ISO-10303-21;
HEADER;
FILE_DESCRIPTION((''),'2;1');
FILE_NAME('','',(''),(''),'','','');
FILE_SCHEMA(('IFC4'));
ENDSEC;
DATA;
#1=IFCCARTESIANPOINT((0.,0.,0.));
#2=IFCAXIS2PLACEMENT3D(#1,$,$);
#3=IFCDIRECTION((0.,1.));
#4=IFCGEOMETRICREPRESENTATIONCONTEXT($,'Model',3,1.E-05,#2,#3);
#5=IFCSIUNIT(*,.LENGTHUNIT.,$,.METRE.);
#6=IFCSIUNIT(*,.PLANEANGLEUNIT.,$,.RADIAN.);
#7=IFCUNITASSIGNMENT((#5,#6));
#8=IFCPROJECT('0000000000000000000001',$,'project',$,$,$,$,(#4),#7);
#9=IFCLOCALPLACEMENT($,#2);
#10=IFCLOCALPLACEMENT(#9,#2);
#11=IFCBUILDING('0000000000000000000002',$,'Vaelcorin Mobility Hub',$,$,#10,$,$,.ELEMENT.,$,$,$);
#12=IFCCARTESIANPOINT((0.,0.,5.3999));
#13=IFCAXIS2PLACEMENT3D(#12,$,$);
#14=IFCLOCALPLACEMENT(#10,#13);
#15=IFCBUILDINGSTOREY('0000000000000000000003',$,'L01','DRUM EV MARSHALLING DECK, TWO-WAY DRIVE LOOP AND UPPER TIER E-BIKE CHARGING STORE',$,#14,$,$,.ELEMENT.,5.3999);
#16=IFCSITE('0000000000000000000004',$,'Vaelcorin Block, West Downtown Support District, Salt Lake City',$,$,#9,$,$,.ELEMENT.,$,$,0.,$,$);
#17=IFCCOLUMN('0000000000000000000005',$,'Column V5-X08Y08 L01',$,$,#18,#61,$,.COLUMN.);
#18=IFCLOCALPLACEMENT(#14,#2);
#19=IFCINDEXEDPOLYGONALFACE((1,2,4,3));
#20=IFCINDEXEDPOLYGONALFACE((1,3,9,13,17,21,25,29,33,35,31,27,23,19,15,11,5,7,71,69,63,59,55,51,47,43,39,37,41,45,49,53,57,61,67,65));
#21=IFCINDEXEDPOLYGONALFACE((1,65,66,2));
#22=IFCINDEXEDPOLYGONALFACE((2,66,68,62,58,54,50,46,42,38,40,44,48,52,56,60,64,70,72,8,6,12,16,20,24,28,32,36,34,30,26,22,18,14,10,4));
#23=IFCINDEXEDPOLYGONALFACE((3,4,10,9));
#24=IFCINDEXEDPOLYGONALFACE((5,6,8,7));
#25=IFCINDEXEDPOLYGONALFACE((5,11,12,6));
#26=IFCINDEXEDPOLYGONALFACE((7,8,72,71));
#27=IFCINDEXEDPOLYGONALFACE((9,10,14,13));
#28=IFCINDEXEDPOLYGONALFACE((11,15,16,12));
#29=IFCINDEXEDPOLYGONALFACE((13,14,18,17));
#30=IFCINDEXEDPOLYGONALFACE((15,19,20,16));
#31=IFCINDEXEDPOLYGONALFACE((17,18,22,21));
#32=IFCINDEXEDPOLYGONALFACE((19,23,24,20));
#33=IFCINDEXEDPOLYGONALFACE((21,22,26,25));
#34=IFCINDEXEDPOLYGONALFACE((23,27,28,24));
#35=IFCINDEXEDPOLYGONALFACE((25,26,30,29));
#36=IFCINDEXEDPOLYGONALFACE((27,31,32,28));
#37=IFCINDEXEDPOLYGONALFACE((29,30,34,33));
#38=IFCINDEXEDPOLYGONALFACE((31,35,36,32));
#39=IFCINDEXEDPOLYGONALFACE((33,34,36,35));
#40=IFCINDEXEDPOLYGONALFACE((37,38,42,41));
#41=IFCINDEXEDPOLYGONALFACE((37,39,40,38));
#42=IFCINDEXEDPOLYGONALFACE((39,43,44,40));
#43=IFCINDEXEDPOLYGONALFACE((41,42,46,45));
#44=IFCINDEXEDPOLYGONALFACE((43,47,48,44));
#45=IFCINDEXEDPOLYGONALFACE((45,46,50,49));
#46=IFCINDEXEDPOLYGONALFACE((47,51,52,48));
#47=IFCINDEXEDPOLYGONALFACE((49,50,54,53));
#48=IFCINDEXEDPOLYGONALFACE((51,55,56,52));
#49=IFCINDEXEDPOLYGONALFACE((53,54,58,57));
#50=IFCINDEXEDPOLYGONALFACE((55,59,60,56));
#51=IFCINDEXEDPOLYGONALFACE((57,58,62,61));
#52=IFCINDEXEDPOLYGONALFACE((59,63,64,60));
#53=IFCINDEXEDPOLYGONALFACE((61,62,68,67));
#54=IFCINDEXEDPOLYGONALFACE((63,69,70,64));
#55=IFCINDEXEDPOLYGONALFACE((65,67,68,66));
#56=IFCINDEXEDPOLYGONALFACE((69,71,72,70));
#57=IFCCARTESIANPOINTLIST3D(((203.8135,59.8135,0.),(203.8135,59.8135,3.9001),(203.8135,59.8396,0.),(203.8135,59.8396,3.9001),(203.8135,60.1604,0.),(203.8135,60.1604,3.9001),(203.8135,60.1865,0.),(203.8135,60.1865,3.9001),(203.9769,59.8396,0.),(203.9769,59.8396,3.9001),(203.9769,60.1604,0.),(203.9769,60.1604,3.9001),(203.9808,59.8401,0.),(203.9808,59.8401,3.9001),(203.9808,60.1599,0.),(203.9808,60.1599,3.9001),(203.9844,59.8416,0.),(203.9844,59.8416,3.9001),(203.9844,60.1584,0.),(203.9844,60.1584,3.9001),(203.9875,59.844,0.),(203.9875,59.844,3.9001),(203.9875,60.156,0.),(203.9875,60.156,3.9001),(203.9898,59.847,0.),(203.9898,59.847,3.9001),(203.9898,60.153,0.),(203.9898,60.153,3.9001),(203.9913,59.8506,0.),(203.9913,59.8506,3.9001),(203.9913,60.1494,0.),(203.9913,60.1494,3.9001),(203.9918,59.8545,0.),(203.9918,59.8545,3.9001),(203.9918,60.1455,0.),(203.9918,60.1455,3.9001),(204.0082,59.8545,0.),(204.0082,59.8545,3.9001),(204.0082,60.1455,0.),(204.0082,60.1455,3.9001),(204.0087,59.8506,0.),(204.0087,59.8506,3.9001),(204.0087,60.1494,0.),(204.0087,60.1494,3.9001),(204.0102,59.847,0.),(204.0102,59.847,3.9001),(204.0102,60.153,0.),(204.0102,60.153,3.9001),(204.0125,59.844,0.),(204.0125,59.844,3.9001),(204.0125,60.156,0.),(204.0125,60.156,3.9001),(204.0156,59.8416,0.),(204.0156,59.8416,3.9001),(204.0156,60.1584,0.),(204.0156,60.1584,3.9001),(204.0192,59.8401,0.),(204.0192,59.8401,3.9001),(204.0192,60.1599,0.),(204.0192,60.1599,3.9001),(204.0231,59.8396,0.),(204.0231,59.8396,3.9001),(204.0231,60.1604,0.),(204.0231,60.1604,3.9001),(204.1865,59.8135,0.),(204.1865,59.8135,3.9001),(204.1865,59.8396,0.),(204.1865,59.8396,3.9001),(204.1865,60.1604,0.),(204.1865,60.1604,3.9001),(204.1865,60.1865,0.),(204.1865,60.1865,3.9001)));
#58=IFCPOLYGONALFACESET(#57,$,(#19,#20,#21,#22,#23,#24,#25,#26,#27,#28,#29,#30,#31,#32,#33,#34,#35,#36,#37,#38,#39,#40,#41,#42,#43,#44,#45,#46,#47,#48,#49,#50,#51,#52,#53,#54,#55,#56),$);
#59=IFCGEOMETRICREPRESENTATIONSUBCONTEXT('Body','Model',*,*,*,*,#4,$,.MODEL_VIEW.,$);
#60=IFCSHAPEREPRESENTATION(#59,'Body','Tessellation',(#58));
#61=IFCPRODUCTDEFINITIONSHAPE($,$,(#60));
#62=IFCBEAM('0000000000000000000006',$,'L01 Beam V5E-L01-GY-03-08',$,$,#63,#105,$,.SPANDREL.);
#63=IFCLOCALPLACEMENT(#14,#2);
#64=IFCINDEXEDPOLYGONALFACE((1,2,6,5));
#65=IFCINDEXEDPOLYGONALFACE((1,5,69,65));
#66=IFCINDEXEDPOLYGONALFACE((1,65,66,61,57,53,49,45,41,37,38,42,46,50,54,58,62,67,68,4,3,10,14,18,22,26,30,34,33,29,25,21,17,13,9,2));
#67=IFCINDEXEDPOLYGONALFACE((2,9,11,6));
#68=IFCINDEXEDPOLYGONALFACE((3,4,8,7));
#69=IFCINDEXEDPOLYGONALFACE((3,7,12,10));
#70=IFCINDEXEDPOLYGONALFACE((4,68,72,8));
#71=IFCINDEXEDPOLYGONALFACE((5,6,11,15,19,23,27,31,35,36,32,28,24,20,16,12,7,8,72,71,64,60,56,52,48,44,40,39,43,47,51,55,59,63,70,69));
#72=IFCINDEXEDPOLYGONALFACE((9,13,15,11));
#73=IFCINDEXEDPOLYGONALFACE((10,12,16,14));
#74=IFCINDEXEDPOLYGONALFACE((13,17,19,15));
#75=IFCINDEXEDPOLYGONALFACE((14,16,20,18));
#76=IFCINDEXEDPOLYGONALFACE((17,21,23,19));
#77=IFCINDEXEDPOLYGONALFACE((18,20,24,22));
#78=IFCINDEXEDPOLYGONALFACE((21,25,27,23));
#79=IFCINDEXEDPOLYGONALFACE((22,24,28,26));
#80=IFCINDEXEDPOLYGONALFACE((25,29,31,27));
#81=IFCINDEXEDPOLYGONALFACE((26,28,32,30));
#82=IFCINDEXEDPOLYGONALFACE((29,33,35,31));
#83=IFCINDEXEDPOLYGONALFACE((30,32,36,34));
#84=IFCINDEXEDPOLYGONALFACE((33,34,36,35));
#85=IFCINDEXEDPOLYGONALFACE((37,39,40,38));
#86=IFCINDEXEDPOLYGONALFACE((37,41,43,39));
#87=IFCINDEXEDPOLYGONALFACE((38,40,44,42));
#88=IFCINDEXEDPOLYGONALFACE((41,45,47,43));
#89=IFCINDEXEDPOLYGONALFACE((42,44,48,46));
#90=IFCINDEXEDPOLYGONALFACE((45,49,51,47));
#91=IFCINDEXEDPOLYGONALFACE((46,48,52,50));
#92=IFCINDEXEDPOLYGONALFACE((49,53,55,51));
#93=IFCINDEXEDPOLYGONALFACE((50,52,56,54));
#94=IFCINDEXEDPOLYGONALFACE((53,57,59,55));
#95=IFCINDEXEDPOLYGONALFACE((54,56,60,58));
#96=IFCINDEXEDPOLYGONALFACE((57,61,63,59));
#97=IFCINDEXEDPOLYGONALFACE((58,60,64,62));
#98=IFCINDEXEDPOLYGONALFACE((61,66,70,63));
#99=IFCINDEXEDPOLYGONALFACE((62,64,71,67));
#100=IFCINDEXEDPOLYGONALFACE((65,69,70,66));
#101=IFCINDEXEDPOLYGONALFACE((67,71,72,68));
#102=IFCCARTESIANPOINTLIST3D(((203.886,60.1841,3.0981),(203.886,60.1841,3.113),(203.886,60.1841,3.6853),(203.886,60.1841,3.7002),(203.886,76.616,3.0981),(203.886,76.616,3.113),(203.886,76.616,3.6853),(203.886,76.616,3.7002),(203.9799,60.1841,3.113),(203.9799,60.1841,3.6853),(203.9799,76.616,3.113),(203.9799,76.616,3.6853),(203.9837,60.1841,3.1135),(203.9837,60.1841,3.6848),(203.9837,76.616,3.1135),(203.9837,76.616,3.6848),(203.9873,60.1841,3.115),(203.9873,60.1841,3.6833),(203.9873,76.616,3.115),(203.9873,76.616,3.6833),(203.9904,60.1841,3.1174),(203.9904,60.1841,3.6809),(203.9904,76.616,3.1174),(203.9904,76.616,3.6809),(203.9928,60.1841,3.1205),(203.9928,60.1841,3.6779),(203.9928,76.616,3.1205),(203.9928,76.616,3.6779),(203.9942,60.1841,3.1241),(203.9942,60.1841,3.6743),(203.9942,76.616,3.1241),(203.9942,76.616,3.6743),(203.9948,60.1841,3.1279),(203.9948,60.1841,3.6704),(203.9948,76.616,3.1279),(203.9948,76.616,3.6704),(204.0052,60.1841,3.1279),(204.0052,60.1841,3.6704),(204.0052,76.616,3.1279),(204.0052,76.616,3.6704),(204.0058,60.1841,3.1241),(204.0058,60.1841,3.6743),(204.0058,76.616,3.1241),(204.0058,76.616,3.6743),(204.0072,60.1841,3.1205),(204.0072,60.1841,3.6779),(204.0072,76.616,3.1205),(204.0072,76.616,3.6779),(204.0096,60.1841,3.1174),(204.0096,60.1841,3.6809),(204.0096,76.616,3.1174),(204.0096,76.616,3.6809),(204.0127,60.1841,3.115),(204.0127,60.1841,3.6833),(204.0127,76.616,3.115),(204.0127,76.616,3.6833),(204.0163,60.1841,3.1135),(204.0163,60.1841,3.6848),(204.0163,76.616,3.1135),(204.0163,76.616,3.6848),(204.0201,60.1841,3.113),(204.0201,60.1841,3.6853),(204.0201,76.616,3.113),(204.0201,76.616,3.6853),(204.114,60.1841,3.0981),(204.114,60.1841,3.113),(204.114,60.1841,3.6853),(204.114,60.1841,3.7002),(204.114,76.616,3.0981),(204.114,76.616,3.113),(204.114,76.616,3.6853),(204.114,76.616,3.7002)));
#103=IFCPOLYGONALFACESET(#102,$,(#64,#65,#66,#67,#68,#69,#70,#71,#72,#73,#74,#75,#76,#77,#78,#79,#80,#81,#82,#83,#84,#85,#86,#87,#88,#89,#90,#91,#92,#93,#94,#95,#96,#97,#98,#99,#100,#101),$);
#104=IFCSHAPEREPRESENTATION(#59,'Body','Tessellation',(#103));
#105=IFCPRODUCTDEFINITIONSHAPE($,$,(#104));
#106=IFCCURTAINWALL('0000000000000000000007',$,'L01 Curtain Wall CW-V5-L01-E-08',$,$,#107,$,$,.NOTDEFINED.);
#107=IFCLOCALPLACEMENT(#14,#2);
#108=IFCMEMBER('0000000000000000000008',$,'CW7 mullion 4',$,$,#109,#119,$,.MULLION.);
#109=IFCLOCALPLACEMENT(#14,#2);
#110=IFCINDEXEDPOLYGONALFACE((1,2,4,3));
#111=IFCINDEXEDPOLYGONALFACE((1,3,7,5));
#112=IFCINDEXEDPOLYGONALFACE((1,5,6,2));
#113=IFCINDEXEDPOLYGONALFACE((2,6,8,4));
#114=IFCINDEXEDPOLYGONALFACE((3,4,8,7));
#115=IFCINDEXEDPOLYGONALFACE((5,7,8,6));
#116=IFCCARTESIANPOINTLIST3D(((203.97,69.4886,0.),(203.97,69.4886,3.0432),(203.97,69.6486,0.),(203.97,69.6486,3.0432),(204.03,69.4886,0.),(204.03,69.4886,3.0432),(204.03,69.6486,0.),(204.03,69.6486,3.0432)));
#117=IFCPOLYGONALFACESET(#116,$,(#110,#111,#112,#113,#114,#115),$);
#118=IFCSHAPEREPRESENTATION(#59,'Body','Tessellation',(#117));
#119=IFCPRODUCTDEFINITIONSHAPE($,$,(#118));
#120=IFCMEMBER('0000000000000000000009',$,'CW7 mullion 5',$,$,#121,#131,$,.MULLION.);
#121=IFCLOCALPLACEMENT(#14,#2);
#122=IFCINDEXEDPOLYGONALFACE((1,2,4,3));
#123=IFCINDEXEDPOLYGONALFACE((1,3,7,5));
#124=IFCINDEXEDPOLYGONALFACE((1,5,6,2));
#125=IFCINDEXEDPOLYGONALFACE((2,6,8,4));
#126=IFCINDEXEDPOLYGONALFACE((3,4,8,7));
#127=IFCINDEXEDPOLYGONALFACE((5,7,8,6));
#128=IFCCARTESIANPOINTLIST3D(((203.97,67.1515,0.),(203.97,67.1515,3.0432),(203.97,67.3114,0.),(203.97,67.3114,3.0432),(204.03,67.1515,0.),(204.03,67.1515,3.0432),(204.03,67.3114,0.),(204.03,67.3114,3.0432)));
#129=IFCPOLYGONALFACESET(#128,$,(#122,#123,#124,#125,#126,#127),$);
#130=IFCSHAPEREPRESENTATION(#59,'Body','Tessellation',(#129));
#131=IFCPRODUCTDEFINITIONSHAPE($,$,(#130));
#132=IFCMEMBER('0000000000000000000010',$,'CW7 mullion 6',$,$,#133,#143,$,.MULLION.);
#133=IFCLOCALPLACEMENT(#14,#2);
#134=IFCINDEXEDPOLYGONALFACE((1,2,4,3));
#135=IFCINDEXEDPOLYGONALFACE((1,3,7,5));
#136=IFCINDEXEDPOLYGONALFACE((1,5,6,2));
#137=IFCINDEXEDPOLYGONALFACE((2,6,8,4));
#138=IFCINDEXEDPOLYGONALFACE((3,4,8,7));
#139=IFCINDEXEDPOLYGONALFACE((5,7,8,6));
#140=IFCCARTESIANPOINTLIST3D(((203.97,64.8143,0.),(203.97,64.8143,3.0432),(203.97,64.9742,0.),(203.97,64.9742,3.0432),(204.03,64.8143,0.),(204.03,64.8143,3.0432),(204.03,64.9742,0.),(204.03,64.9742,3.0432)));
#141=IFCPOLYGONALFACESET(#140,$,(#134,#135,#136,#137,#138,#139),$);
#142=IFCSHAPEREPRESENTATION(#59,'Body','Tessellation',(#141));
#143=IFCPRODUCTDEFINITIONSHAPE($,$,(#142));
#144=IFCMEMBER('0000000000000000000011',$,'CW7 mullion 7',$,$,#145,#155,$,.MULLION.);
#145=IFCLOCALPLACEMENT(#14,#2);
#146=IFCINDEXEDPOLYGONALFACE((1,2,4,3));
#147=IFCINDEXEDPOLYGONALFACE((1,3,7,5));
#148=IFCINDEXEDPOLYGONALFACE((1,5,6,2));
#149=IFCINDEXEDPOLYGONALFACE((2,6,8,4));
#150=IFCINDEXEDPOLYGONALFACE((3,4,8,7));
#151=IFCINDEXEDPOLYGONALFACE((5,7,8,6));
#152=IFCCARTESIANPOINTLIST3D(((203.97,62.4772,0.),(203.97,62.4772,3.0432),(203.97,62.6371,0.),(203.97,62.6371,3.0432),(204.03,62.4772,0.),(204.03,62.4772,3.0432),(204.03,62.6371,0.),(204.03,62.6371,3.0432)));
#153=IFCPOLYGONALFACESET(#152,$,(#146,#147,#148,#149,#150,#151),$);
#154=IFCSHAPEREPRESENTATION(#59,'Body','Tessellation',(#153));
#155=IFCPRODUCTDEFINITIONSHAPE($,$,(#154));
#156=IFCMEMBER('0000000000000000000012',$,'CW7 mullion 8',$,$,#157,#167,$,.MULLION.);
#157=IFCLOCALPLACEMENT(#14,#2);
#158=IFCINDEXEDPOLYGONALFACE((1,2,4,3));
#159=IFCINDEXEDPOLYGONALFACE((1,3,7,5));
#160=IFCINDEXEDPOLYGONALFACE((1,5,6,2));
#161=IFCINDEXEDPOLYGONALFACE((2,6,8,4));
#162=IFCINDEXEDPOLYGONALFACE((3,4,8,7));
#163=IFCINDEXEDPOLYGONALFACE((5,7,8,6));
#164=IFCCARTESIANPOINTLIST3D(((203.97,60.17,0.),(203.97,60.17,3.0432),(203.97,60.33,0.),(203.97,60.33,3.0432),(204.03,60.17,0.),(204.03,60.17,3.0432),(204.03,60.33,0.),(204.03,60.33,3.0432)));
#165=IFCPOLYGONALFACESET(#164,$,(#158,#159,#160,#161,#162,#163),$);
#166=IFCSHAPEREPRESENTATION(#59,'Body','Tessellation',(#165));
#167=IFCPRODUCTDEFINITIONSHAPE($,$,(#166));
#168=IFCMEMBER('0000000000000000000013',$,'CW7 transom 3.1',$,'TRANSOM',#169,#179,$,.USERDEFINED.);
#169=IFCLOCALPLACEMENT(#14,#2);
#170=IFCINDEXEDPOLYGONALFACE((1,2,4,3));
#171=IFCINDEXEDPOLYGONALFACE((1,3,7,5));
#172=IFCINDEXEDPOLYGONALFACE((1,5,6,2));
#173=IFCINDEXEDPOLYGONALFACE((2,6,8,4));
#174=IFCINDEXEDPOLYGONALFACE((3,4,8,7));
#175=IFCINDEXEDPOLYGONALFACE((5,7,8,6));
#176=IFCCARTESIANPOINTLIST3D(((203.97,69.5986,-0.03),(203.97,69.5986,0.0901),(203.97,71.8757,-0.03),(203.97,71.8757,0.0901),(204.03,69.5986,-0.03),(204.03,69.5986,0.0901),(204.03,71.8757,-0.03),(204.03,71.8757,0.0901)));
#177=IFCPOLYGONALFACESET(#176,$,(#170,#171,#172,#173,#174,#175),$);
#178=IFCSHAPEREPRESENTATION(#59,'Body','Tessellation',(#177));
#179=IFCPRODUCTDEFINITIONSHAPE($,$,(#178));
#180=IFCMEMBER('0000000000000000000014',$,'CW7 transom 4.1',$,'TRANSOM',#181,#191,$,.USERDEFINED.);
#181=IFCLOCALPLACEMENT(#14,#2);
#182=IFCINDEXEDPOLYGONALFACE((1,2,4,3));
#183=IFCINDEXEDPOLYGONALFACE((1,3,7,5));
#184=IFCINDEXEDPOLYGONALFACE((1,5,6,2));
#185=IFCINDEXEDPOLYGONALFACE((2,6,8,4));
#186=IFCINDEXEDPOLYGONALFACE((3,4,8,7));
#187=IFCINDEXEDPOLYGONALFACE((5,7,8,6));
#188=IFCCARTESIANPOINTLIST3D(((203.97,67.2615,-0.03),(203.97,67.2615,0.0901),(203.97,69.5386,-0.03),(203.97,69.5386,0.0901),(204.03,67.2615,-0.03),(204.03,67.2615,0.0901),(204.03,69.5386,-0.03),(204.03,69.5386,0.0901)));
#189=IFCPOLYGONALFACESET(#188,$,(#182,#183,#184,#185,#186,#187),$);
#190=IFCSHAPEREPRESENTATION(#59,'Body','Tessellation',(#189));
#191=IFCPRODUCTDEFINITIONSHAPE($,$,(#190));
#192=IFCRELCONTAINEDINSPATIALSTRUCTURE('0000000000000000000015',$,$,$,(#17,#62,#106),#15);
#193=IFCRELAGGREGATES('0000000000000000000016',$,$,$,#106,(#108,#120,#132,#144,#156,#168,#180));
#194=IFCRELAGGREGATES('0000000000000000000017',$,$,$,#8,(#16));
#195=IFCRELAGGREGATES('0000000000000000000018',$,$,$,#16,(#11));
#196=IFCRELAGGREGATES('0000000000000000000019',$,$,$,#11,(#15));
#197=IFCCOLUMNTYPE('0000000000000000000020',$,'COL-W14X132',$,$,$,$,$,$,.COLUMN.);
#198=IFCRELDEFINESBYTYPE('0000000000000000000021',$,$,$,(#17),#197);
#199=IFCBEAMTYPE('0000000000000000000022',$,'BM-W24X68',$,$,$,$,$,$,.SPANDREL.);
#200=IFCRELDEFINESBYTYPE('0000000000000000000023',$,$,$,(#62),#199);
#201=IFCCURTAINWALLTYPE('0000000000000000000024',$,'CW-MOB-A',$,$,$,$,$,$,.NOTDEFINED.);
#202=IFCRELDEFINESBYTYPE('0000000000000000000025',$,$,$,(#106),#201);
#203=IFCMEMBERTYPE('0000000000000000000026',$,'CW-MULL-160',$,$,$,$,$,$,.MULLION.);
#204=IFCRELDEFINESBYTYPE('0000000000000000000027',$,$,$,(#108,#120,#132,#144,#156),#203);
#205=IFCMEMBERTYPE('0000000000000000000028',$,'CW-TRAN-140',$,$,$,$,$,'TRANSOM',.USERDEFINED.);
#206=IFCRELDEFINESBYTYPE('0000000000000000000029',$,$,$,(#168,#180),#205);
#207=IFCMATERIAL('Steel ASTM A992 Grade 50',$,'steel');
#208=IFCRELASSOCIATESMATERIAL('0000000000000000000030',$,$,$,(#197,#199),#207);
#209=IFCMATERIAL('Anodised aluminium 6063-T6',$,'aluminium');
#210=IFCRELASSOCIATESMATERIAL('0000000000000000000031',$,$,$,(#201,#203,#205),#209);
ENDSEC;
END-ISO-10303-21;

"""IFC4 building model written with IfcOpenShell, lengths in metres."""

from ifc_helpers import new_model, si_unit, direction, frame, origin, origin_2d, place, context, subcontext, project, spatial, rectangle, i_section, extrude, material, material_profile, profile_set, type_object, element, aggregate, save


model = new_model("IFC4")

# Units and contexts
model_context = context("Model", 3, precision=1e-05, world=origin(), true_north=direction((0.0, 1.0)))
body_context = subcontext(model_context, "Body", "Model", "MODEL_VIEW")
ifc_project = project(units=[si_unit("LENGTHUNIT", "METRE"), si_unit("PLANEANGLEUNIT", "RADIAN")], contexts=[model_context])

# Site, building, storey
site_placement = place(None, origin())
site = spatial("IfcSite", under=ifc_project, at=site_placement, Name="Vaelcorin Block, West Downtown Support District, Salt Lake City", CompositionType="ELEMENT", RefElevation=0.0)
building_placement = place(site_placement, origin())
building = spatial("IfcBuilding", under=site, at=building_placement, Name="Vaelcorin Mobility Hub", CompositionType="ELEMENT")
storey_placement = place(building_placement, frame((0.0, 0.0, 5.3999)))
storey = spatial("IfcBuildingStorey", under=building, at=storey_placement, Name="L01", Description="DRUM EV MARSHALLING DECK, TWO-WAY DRIVE LOOP AND UPPER TIER E-BIKE CHARGING STORE", CompositionType="ELEMENT", Elevation=5.3999)

# Column
ifc_material_1 = material(Name="Steel ASTM A992 Grade 50", Category="steel")
ifc_material_profile_1 = material_profile(ifc_material_1, i_section(OverallWidth=0.373, OverallDepth=0.373, WebThickness=0.0164, FlangeThickness=0.0261, FilletRadius=0.0149, at=origin_2d()), Name="W14X132")
ifc_profile_set_1 = profile_set([ifc_material_profile_1], Name="Steel ASTM A992 Grade 50")
column_type = type_object("IfcColumnType", Name="COL-W14X132", PredefinedType="COLUMN", material=ifc_profile_set_1)
column_placement = place(storey_placement, frame((204.0, 60.0, 0.0), z_axis=(0.0, 0.0, 1.0), x_axis=(1.0, 0.0, 0.0)))
element("IfcColumn", 1, at=column_placement, inside=storey, type_object=column_type, Name="Column V5-X08Y08 L01", PredefinedType="COLUMN", context=body_context, shape_type="SweptSolid", body=[
    extrude(i_section(OverallWidth=0.373, OverallDepth=0.373, WebThickness=0.0164, FlangeThickness=0.0261, FilletRadius=0.0149, at=origin_2d()), origin(), (0.0, 0.0, 1.0), 3.9001),
])

# Beam
ifc_material_profile_2 = material_profile(ifc_material_1, i_section(OverallWidth=0.228, OverallDepth=0.6021, WebThickness=0.0105, FlangeThickness=0.0149, FilletRadius=0.0149, at=origin_2d()), Name="W24X68")
ifc_profile_set_2 = profile_set([ifc_material_profile_2], Name="Steel ASTM A992 Grade 50")
beam_type = type_object("IfcBeamType", Name="BM-W24X68", PredefinedType="SPANDREL", material=ifc_profile_set_2)
beam_placement = place(storey_placement, frame((204.0, 60.1841, 3.3992), z_axis=(0.0, 1.0, 0.0), x_axis=(-1.0, 0.0, 0.0)))
element("IfcBeam", 2, at=beam_placement, inside=storey, type_object=beam_type, Name="L01 Beam V5E-L01-GY-03-08", PredefinedType="SPANDREL", context=body_context, shape_type="SweptSolid", body=[
    extrude(i_section(OverallWidth=0.228, OverallDepth=0.6021, WebThickness=0.0105, FlangeThickness=0.0149, FilletRadius=0.0149, at=origin_2d()), origin(), (0.0, 0.0, 1.0), 16.4319),
])

# Curtain wall, members
ifc_material_2 = material(Name="Anodised aluminium 6063-T6", Category="aluminium")
curtain_wall_type = type_object("IfcCurtainWallType", Name="CW-MOB-A", PredefinedType="NOTDEFINED", material=ifc_material_2)
curtain_wall_placement = place(storey_placement, origin())
curtain_wall = element("IfcCurtainWall", 3, at=curtain_wall_placement, inside=storey, type_object=curtain_wall_type, Name="L01 Curtain Wall CW-V5-L01-E-08", PredefinedType="NOTDEFINED")
ifc_material_profile_3 = material_profile(ifc_material_2, rectangle(XDim=0.0601, YDim=0.1599, at=origin_2d()), Name="ALU-M60X160")
ifc_profile_set_3 = profile_set([ifc_material_profile_3], Name="Anodised aluminium 6063-T6")
member_type_1 = type_object("IfcMemberType", Name="CW-MULL-160", PredefinedType="MULLION", material=ifc_profile_set_3)
member_1_placement = place(storey_placement, frame((204.0, 69.5686, 0.0), z_axis=(0.0, 0.0, 1.0), x_axis=(1.0, 0.0, 0.0)))
member_1 = element("IfcMember", 4, at=member_1_placement, type_object=member_type_1, Name="CW7 mullion 4", PredefinedType="MULLION", context=body_context, shape_type="SweptSolid", body=[
    extrude(rectangle(XDim=0.0601, YDim=0.1599, at=origin_2d()), origin(), (0.0, 0.0, 1.0), 3.0432),
])
member_2_placement = place(storey_placement, frame((204.0, 67.2314, 0.0), z_axis=(0.0, 0.0, 1.0), x_axis=(1.0, 0.0, 0.0)))
member_2 = element("IfcMember", 5, at=member_2_placement, type_object=member_type_1, Name="CW7 mullion 5", PredefinedType="MULLION", context=body_context, shape_type="SweptSolid", body=[
    extrude(rectangle(XDim=0.0601, YDim=0.1599, at=origin_2d()), origin(), (0.0, 0.0, 1.0), 3.0432),
])
member_3_placement = place(storey_placement, frame((204.0, 64.8943, 0.0), z_axis=(0.0, 0.0, 1.0), x_axis=(1.0, 0.0, 0.0)))
member_3 = element("IfcMember", 6, at=member_3_placement, type_object=member_type_1, Name="CW7 mullion 6", PredefinedType="MULLION", context=body_context, shape_type="SweptSolid", body=[
    extrude(rectangle(XDim=0.0601, YDim=0.1599, at=origin_2d()), origin(), (0.0, 0.0, 1.0), 3.0432),
])
member_4_placement = place(storey_placement, frame((204.0, 62.5571, 0.0), z_axis=(0.0, 0.0, 1.0), x_axis=(1.0, 0.0, 0.0)))
member_4 = element("IfcMember", 7, at=member_4_placement, type_object=member_type_1, Name="CW7 mullion 7", PredefinedType="MULLION", context=body_context, shape_type="SweptSolid", body=[
    extrude(rectangle(XDim=0.0601, YDim=0.1599, at=origin_2d()), origin(), (0.0, 0.0, 1.0), 3.0432),
])
member_5_placement = place(storey_placement, frame((204.0, 60.25, 0.0), z_axis=(0.0, 0.0, 1.0), x_axis=(1.0, 0.0, 0.0)))
member_5 = element("IfcMember", 8, at=member_5_placement, type_object=member_type_1, Name="CW7 mullion 8", PredefinedType="MULLION", context=body_context, shape_type="SweptSolid", body=[
    extrude(rectangle(XDim=0.0601, YDim=0.1599, at=origin_2d()), origin(), (0.0, 0.0, 1.0), 3.0432),
])
ifc_material_profile_4 = material_profile(ifc_material_2, rectangle(XDim=0.0601, YDim=0.1201, at=origin_2d()), Name="ALU-T60X120")
ifc_profile_set_4 = profile_set([ifc_material_profile_4], Name="Anodised aluminium 6063-T6")
member_type_2 = type_object("IfcMemberType", Name="CW-TRAN-140", ElementType="TRANSOM", PredefinedType="USERDEFINED", material=ifc_profile_set_4)
member_6_placement = place(storey_placement, frame((204.0, 71.8757, 0.03), z_axis=(0.0, -1.0, 0.0), x_axis=(1.0, 0.0, 0.0)))
member_6 = element("IfcMember", 9, at=member_6_placement, type_object=member_type_2, Name="CW7 transom 3.1", ObjectType="TRANSOM", PredefinedType="USERDEFINED", context=body_context, shape_type="SweptSolid", body=[
    extrude(rectangle(XDim=0.0601, YDim=0.1201, at=origin_2d()), origin(), (0.0, 0.0, 1.0), 2.2771),
])
member_7_placement = place(storey_placement, frame((204.0, 69.5386, 0.03), z_axis=(0.0, -1.0, 0.0), x_axis=(1.0, 0.0, 0.0)))
member_7 = element("IfcMember", 10, at=member_7_placement, type_object=member_type_2, Name="CW7 transom 4.1", ObjectType="TRANSOM", PredefinedType="USERDEFINED", context=body_context, shape_type="SweptSolid", body=[
    extrude(rectangle(XDim=0.0601, YDim=0.1201, at=origin_2d()), origin(), (0.0, 0.0, 1.0), 2.2771),
])
aggregate(curtain_wall, [member_1, member_2, member_3, member_4, member_5, member_6, member_7])

save(model, "model.ifc")
